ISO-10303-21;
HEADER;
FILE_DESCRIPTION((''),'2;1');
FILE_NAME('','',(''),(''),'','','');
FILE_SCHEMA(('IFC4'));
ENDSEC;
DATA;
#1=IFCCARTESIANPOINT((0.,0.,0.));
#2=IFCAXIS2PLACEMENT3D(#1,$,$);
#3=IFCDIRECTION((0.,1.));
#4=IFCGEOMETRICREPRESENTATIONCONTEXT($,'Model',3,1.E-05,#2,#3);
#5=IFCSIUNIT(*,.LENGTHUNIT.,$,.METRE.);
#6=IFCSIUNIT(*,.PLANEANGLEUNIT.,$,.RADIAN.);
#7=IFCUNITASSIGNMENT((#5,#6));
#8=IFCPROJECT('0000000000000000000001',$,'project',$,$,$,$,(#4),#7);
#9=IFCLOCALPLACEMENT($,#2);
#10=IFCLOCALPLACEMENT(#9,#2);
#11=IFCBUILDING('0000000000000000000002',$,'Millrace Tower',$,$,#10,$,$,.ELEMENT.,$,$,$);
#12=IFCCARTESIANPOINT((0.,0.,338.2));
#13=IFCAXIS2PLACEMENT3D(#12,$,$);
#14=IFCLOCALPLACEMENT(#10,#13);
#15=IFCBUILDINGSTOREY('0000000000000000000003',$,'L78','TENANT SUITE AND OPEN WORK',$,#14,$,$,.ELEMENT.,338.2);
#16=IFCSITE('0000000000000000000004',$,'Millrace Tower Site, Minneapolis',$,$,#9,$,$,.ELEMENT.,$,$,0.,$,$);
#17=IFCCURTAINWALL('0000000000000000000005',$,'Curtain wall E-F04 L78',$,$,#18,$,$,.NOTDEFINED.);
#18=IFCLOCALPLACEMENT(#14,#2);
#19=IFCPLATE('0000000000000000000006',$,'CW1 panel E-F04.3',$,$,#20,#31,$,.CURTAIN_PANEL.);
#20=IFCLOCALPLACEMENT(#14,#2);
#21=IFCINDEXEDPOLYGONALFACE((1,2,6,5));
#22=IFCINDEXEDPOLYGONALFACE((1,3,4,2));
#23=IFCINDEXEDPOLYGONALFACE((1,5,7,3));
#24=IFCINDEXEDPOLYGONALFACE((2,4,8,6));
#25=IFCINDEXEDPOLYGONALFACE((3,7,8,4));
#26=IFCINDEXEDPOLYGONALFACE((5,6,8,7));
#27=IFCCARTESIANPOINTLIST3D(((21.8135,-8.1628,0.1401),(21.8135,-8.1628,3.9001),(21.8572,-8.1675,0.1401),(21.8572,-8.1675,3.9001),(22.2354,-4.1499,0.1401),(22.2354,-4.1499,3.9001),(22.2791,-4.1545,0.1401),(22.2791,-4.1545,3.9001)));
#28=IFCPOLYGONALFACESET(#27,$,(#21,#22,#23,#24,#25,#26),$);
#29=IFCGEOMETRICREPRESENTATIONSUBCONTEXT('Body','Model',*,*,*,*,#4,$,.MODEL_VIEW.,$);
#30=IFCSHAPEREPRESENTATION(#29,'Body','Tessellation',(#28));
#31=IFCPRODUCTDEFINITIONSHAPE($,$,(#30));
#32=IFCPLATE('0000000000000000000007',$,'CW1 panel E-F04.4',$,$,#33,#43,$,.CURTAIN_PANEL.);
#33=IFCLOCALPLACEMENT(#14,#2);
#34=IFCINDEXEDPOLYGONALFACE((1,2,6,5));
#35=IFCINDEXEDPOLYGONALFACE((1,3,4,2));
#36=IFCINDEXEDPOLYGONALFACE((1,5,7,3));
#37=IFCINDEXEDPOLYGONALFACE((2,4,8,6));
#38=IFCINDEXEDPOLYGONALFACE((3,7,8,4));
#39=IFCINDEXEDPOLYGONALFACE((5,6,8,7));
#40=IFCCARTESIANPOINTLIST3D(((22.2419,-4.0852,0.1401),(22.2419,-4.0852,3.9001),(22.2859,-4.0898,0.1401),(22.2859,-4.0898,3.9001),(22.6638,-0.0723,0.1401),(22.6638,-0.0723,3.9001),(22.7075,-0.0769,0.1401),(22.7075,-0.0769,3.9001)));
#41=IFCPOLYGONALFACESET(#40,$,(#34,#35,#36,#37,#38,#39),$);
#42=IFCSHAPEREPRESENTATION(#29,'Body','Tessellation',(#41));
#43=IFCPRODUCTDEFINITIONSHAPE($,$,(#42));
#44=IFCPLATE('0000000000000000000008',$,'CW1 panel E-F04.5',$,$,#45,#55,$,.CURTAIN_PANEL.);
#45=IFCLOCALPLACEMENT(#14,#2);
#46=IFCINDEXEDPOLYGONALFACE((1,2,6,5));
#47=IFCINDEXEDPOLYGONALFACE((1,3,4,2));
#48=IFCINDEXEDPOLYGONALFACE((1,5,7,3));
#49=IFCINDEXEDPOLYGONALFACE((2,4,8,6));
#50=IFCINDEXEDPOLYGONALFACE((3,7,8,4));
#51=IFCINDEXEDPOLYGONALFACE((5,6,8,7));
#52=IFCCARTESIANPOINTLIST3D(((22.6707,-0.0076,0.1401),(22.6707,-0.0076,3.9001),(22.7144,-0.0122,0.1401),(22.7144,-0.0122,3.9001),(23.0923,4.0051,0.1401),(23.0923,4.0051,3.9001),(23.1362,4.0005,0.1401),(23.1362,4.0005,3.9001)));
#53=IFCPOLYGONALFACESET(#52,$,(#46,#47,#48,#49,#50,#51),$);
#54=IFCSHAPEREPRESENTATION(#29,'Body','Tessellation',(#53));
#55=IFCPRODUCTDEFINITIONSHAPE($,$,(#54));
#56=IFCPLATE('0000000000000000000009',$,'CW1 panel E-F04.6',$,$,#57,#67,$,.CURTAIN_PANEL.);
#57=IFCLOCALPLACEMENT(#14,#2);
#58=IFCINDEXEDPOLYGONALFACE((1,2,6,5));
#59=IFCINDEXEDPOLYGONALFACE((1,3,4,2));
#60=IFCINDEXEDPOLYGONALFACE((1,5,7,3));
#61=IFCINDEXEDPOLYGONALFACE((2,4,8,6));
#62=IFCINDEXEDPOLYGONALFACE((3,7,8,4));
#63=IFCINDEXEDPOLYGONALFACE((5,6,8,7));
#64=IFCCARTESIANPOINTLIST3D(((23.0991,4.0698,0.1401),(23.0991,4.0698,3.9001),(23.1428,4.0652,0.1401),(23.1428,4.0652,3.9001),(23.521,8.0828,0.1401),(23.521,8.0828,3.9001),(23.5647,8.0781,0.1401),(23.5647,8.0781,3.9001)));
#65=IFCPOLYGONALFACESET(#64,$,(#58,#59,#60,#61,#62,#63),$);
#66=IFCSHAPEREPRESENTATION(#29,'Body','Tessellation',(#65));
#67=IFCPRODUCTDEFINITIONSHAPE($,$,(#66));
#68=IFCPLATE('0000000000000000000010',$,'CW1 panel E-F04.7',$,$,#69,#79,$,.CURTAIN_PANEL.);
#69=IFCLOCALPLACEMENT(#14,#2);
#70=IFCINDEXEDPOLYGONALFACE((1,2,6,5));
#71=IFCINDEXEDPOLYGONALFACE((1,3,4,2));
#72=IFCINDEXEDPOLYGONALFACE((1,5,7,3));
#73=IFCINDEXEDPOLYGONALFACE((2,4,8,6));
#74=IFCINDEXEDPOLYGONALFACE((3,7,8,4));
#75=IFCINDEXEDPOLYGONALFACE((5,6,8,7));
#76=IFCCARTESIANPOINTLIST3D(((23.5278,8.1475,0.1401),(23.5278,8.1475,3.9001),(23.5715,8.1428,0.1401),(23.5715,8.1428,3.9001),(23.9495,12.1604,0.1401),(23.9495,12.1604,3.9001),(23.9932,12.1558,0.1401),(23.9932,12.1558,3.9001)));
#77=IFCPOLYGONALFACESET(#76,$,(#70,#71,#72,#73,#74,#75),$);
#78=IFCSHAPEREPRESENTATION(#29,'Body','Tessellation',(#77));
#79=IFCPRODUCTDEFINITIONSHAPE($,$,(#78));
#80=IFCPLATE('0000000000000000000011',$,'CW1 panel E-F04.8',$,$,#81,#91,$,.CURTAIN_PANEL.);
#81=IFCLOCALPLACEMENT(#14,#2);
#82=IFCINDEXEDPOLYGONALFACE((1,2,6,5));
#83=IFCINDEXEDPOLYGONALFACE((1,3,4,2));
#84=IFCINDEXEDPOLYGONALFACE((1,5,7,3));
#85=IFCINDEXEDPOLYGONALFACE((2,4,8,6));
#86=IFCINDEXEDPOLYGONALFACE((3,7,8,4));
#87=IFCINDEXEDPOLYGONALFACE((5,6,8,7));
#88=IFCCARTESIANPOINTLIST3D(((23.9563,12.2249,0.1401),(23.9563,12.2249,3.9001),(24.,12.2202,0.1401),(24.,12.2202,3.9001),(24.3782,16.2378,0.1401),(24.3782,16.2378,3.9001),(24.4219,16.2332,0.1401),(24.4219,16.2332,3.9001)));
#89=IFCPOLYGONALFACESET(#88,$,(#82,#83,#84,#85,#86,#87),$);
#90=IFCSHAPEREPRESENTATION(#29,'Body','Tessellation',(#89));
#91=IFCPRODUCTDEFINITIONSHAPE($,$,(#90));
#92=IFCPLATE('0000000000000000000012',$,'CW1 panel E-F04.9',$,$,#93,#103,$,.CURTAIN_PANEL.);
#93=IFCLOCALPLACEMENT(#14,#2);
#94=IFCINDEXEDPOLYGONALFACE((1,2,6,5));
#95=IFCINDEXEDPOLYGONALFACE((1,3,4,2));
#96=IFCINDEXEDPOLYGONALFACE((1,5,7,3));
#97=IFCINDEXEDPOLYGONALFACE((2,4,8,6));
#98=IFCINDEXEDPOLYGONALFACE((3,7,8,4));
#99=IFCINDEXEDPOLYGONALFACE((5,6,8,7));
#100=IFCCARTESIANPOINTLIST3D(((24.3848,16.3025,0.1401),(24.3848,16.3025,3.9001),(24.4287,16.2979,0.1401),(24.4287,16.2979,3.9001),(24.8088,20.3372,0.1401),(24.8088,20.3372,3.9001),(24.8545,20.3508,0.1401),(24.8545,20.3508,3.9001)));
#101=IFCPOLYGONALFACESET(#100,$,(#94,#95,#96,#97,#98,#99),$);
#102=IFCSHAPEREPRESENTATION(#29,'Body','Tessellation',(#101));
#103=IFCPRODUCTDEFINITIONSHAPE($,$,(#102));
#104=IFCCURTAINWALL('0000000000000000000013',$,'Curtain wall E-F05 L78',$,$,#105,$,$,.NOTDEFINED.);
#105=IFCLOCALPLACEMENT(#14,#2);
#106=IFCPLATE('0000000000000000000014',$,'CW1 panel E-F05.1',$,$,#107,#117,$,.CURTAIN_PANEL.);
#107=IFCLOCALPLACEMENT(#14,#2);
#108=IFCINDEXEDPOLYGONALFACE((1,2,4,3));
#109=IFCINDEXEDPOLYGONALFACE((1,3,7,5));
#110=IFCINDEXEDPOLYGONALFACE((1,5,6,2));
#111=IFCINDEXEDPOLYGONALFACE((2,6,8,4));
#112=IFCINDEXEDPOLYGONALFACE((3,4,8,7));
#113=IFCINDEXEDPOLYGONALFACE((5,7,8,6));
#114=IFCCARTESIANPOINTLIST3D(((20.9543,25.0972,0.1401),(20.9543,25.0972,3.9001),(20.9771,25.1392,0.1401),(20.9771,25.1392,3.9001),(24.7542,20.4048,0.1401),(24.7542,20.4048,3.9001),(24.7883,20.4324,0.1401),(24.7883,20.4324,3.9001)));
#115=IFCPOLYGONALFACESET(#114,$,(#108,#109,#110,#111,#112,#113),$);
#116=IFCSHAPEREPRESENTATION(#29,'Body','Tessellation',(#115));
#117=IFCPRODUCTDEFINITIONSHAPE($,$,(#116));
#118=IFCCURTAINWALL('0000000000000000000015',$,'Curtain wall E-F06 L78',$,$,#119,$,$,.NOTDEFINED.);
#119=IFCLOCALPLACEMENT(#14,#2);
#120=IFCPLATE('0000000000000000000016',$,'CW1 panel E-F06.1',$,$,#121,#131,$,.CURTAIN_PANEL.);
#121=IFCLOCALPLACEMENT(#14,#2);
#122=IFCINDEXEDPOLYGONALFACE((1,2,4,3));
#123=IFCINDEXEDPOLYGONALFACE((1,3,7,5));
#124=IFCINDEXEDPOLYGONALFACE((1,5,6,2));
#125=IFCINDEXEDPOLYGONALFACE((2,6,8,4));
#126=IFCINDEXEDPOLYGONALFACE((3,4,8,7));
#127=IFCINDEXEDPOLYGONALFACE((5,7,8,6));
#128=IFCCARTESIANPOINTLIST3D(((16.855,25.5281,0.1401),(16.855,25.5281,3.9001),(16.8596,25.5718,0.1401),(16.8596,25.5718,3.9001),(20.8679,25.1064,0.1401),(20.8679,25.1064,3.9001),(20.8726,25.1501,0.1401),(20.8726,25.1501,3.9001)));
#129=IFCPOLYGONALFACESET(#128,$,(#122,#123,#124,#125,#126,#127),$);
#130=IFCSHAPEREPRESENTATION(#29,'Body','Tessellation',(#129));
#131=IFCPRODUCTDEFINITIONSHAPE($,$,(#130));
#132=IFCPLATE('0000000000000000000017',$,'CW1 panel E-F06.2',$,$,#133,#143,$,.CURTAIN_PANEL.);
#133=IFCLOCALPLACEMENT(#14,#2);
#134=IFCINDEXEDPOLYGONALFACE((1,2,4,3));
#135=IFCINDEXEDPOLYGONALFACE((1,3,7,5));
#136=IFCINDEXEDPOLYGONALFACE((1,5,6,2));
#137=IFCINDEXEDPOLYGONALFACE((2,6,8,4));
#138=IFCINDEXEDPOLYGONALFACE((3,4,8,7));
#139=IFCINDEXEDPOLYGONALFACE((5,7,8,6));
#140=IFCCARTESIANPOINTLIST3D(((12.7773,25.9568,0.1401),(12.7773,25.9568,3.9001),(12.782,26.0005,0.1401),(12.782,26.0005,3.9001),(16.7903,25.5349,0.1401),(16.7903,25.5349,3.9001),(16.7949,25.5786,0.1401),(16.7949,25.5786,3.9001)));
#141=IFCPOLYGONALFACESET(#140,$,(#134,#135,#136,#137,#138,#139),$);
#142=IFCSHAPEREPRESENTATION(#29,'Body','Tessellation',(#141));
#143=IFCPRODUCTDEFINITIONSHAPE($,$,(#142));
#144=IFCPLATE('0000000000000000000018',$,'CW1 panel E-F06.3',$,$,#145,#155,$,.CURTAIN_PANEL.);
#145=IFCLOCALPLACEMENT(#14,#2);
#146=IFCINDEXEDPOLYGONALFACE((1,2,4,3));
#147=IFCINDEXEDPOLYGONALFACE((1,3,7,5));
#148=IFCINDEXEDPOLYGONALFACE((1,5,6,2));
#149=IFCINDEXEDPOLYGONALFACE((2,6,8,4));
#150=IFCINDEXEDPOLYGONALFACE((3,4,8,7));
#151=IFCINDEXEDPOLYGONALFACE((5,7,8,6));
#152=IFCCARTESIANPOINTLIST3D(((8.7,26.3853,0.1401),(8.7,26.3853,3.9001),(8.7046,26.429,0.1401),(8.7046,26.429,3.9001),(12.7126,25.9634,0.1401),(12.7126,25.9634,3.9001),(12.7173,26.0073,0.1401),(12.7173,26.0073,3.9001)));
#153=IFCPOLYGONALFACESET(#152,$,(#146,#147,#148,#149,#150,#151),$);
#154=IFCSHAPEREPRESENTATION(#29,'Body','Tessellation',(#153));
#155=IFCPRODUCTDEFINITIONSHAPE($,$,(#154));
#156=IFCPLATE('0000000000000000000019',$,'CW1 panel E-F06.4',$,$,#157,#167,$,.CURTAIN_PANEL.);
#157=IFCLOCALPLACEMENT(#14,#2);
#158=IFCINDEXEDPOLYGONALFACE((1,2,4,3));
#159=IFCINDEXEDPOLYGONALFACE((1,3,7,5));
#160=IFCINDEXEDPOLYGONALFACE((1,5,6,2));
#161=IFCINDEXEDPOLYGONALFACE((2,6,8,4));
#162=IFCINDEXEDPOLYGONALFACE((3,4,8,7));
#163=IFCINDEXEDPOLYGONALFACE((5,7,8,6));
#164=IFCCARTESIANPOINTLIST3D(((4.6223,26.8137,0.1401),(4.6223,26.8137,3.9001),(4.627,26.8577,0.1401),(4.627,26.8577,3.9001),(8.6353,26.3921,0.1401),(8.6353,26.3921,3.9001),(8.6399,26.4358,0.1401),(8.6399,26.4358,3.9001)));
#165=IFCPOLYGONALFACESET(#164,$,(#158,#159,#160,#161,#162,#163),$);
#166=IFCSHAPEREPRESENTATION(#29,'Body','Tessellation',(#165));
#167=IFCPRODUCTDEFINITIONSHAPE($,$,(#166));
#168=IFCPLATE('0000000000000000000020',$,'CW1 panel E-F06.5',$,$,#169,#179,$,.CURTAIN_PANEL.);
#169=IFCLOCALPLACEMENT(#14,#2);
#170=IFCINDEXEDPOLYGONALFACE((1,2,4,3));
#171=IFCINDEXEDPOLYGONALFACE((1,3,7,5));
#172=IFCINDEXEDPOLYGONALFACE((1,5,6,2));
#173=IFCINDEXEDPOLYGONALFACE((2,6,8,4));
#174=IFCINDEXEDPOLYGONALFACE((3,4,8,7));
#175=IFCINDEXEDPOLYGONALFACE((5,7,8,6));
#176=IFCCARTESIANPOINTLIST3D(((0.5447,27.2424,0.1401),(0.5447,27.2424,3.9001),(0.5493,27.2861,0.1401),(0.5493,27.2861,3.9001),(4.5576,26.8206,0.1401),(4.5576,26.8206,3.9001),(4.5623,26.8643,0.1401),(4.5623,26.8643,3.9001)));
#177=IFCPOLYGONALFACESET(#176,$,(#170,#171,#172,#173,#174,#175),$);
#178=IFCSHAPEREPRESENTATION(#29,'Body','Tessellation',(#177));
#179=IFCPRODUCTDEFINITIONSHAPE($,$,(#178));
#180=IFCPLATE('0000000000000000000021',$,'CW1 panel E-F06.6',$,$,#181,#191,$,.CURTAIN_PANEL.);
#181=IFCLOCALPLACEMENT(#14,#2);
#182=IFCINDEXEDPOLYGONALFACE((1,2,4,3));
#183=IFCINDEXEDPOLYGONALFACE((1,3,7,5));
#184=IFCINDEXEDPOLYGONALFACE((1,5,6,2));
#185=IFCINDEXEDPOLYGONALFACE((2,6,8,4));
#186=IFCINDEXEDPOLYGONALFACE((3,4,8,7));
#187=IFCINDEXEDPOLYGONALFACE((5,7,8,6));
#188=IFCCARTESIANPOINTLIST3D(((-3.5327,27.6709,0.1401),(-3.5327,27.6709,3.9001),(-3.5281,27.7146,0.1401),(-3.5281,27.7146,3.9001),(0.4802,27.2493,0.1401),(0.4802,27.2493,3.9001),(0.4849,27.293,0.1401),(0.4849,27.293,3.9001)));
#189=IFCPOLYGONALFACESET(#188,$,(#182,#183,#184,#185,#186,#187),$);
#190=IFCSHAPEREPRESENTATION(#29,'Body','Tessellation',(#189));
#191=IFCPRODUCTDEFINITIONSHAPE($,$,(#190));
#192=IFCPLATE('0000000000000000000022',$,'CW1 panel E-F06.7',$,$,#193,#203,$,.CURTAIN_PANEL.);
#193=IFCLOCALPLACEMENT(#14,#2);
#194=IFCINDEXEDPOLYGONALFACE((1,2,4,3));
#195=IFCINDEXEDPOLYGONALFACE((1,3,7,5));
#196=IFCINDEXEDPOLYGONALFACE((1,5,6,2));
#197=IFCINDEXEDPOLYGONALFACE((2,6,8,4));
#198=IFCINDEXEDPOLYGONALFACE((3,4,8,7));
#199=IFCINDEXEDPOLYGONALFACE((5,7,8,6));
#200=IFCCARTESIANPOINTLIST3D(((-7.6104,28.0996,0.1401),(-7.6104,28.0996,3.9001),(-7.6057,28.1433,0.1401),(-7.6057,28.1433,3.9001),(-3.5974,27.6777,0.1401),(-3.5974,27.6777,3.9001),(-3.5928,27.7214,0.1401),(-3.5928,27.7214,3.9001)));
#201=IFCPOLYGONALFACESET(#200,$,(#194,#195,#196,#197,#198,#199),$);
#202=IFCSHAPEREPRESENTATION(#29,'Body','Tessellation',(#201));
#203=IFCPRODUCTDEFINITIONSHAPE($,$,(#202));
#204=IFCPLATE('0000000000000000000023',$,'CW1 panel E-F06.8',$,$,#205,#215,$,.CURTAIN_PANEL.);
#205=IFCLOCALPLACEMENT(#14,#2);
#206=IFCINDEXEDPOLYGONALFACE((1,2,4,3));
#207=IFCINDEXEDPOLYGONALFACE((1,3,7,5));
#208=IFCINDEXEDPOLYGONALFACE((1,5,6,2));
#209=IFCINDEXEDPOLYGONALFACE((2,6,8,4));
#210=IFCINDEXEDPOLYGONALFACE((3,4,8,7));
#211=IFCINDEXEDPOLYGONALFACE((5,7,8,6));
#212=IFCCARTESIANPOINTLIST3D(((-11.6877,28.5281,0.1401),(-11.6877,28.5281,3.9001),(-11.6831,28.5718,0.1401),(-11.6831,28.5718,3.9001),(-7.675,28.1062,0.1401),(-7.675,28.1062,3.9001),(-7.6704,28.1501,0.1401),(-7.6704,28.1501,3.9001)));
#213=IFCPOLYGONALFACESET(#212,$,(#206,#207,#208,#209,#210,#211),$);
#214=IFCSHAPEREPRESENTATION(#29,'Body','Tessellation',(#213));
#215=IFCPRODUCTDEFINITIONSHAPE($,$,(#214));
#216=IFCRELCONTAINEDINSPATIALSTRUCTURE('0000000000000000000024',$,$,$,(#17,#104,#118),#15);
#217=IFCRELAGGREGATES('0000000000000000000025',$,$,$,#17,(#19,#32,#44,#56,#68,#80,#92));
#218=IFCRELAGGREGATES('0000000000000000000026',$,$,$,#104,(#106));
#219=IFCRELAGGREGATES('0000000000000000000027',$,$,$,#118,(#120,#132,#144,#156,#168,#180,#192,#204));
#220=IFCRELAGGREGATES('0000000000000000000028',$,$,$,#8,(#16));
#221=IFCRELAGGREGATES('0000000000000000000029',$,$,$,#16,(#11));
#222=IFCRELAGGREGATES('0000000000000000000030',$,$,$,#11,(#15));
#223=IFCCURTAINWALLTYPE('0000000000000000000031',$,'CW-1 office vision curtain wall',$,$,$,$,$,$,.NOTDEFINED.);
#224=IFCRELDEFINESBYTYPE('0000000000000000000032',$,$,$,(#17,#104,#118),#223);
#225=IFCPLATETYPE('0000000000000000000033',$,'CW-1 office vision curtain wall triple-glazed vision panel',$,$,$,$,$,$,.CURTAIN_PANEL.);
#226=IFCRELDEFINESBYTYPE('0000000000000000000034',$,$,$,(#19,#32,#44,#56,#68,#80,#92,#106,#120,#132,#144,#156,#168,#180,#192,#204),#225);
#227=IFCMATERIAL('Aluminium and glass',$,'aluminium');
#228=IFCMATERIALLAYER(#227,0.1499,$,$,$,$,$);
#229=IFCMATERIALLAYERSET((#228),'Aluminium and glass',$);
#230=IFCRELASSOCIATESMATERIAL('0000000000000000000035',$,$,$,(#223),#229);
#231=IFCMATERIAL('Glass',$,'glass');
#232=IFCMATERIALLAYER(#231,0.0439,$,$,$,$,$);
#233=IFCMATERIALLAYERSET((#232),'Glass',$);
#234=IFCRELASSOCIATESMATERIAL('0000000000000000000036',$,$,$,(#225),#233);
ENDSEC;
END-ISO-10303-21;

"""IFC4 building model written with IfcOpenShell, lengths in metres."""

from ifc_helpers import new_model, si_unit, direction, frame, origin, place, context, subcontext, project, spatial, polyline, outline, extrude, material, layer, layer_set, type_object, element, aggregate, save


model = new_model("IFC4")

# Units and contexts
model_context = context("Model", 3, precision=1e-05, world=origin(), true_north=direction((0.0, 1.0)))
body_context = subcontext(model_context, "Body", "Model", "MODEL_VIEW")
ifc_project = project(units=[si_unit("LENGTHUNIT", "METRE"), si_unit("PLANEANGLEUNIT", "RADIAN")], contexts=[model_context])

# Site, building, storey
site_placement = place(None, origin())
site = spatial("IfcSite", under=ifc_project, at=site_placement, Name="Millrace Tower Site, Minneapolis", CompositionType="ELEMENT", RefElevation=0.0)
building_placement = place(site_placement, origin())
building = spatial("IfcBuilding", under=site, at=building_placement, Name="Millrace Tower", CompositionType="ELEMENT")
storey_placement = place(building_placement, frame((0.0, 0.0, 338.2)))
storey = spatial("IfcBuildingStorey", under=building, at=storey_placement, Name="L78", Description="TENANT SUITE AND OPEN WORK", CompositionType="ELEMENT", Elevation=338.2)

# Curtain wall, plates
ifc_material_1 = material(Name="Aluminium and glass", Category="aluminium")
ifc_layer_1 = layer(ifc_material_1, 0.1499)
ifc_layer_set_1 = layer_set([ifc_layer_1], Name="Aluminium and glass")
curtain_wall_type = type_object("IfcCurtainWallType", Name="CW-1 office vision curtain wall", PredefinedType="NOTDEFINED", material=ifc_layer_set_1)
placement_1 = place(storey_placement, origin())
curtain_wall_1 = element("IfcCurtainWall", 1, at=placement_1, inside=storey, type_object=curtain_wall_type, Name="Curtain wall E-F04 L78", PredefinedType="NOTDEFINED")
ifc_material_2 = material(Name="Glass", Category="glass")
ifc_layer_2 = layer(ifc_material_2, 0.0439)
ifc_layer_set_2 = layer_set([ifc_layer_2], Name="Glass")
plate_type = type_object("IfcPlateType", Name="CW-1 office vision curtain wall triple-glazed vision panel", PredefinedType="CURTAIN_PANEL", material=ifc_layer_set_2)
placement_2 = place(storey_placement, frame((0.0, 0.0, 0.1401)))
plate_1 = element("IfcPlate", 2, at=placement_2, type_object=plate_type, Name="CW1 panel E-F04.3", PredefinedType="CURTAIN_PANEL", context=body_context, shape_type="SweptSolid", body=[
    extrude(outline(polyline([(21.8572, -8.1675), (22.2791, -4.1545), (22.2354, -4.1499), (21.8135, -8.1628), (21.8572, -8.1675)])), origin(), (0.0, 0.0, 1.0), 3.76),
])
plate_2 = element("IfcPlate", 3, at=placement_2, type_object=plate_type, Name="CW1 panel E-F04.4", PredefinedType="CURTAIN_PANEL", context=body_context, shape_type="SweptSolid", body=[
    extrude(outline(polyline([(22.2859, -4.0898), (22.7075, -0.0769), (22.6638, -0.0723), (22.2419, -4.0852), (22.2859, -4.0898)])), origin(), (0.0, 0.0, 1.0), 3.76),
])
plate_3 = element("IfcPlate", 4, at=placement_2, type_object=plate_type, Name="CW1 panel E-F04.5", PredefinedType="CURTAIN_PANEL", context=body_context, shape_type="SweptSolid", body=[
    extrude(outline(polyline([(22.7144, -0.0122), (23.1362, 4.0005), (23.0923, 4.0051), (22.6707, -0.0076), (22.7144, -0.0122)])), origin(), (0.0, 0.0, 1.0), 3.76),
])
plate_4 = element("IfcPlate", 5, at=placement_2, type_object=plate_type, Name="CW1 panel E-F04.6", PredefinedType="CURTAIN_PANEL", context=body_context, shape_type="SweptSolid", body=[
    extrude(outline(polyline([(23.1428, 4.0652), (23.5647, 8.0781), (23.521, 8.0828), (23.0991, 4.0698), (23.1428, 4.0652)])), origin(), (0.0, 0.0, 1.0), 3.76),
])
plate_5 = element("IfcPlate", 6, at=placement_2, type_object=plate_type, Name="CW1 panel E-F04.7", PredefinedType="CURTAIN_PANEL", context=body_context, shape_type="SweptSolid", body=[
    extrude(outline(polyline([(23.5715, 8.1428), (23.9932, 12.1558), (23.9495, 12.1604), (23.5278, 8.1475), (23.5715, 8.1428)])), origin(), (0.0, 0.0, 1.0), 3.76),
])
plate_6 = element("IfcPlate", 7, at=placement_2, type_object=plate_type, Name="CW1 panel E-F04.8", PredefinedType="CURTAIN_PANEL", context=body_context, shape_type="SweptSolid", body=[
    extrude(outline(polyline([(24.0, 12.2202), (24.4219, 16.2332), (24.3782, 16.2378), (23.9563, 12.2249), (24.0, 12.2202)])), origin(), (0.0, 0.0, 1.0), 3.76),
])
plate_7 = element("IfcPlate", 8, at=placement_2, type_object=plate_type, Name="CW1 panel E-F04.9", PredefinedType="CURTAIN_PANEL", context=body_context, shape_type="SweptSolid", body=[
    extrude(outline(polyline([(24.4287, 16.2979), (24.8545, 20.3508), (24.8088, 20.3372), (24.3848, 16.3025), (24.4287, 16.2979)])), origin(), (0.0, 0.0, 1.0), 3.76),
])
aggregate(curtain_wall_1, [plate_1, plate_2, plate_3, plate_4, plate_5, plate_6, plate_7])

# Curtain wall, plate
curtain_wall_2 = element("IfcCurtainWall", 9, at=placement_1, inside=storey, type_object=curtain_wall_type, Name="Curtain wall E-F05 L78", PredefinedType="NOTDEFINED")
plate_8 = element("IfcPlate", 10, at=placement_2, type_object=plate_type, Name="CW1 panel E-F05.1", PredefinedType="CURTAIN_PANEL", context=body_context, shape_type="SweptSolid", body=[
    extrude(outline(polyline([(24.7883, 20.4324), (20.9771, 25.1392), (20.9543, 25.0972), (24.7542, 20.4048), (24.7883, 20.4324)])), origin(), (0.0, 0.0, 1.0), 3.76),
])
aggregate(curtain_wall_2, [plate_8])

# Curtain wall, plates
curtain_wall_3 = element("IfcCurtainWall", 11, at=placement_1, inside=storey, type_object=curtain_wall_type, Name="Curtain wall E-F06 L78", PredefinedType="NOTDEFINED")
plate_9 = element("IfcPlate", 12, at=placement_2, type_object=plate_type, Name="CW1 panel E-F06.1", PredefinedType="CURTAIN_PANEL", context=body_context, shape_type="SweptSolid", body=[
    extrude(outline(polyline([(20.8726, 25.1501), (16.8596, 25.5718), (16.855, 25.5281), (20.8679, 25.1064), (20.8726, 25.1501)])), origin(), (0.0, 0.0, 1.0), 3.76),
])
plate_10 = element("IfcPlate", 13, at=placement_2, type_object=plate_type, Name="CW1 panel E-F06.2", PredefinedType="CURTAIN_PANEL", context=body_context, shape_type="SweptSolid", body=[
    extrude(outline(polyline([(16.7949, 25.5786), (12.782, 26.0005), (12.7773, 25.9568), (16.7903, 25.5349), (16.7949, 25.5786)])), origin(), (0.0, 0.0, 1.0), 3.76),
])
plate_11 = element("IfcPlate", 14, at=placement_2, type_object=plate_type, Name="CW1 panel E-F06.3", PredefinedType="CURTAIN_PANEL", context=body_context, shape_type="SweptSolid", body=[
    extrude(outline(polyline([(12.7173, 26.0073), (8.7046, 26.429), (8.7, 26.3853), (12.7126, 25.9634), (12.7173, 26.0073)])), origin(), (0.0, 0.0, 1.0), 3.76),
])
plate_12 = element("IfcPlate", 15, at=placement_2, type_object=plate_type, Name="CW1 panel E-F06.4", PredefinedType="CURTAIN_PANEL", context=body_context, shape_type="SweptSolid", body=[
    extrude(outline(polyline([(8.6399, 26.4358), (4.627, 26.8577), (4.6223, 26.8137), (8.6353, 26.3921), (8.6399, 26.4358)])), origin(), (0.0, 0.0, 1.0), 3.76),
])
plate_13 = element("IfcPlate", 16, at=placement_2, type_object=plate_type, Name="CW1 panel E-F06.5", PredefinedType="CURTAIN_PANEL", context=body_context, shape_type="SweptSolid", body=[
    extrude(outline(polyline([(4.5623, 26.8643), (0.5493, 27.2861), (0.5447, 27.2424), (4.5576, 26.8206), (4.5623, 26.8643)])), origin(), (0.0, 0.0, 1.0), 3.76),
])
plate_14 = element("IfcPlate", 17, at=placement_2, type_object=plate_type, Name="CW1 panel E-F06.6", PredefinedType="CURTAIN_PANEL", context=body_context, shape_type="SweptSolid", body=[
    extrude(outline(polyline([(0.4849, 27.293), (-3.5281, 27.7146), (-3.5327, 27.6709), (0.4802, 27.2493), (0.4849, 27.293)])), origin(), (0.0, 0.0, 1.0), 3.76),
])
plate_15 = element("IfcPlate", 18, at=placement_2, type_object=plate_type, Name="CW1 panel E-F06.7", PredefinedType="CURTAIN_PANEL", context=body_context, shape_type="SweptSolid", body=[
    extrude(outline(polyline([(-3.5928, 27.7214), (-7.6057, 28.1433), (-7.6104, 28.0996), (-3.5974, 27.6777), (-3.5928, 27.7214)])), origin(), (0.0, 0.0, 1.0), 3.76),
])
plate_16 = element("IfcPlate", 19, at=placement_2, type_object=plate_type, Name="CW1 panel E-F06.8", PredefinedType="CURTAIN_PANEL", context=body_context, shape_type="SweptSolid", body=[
    extrude(outline(polyline([(-7.6704, 28.1501), (-11.6831, 28.5718), (-11.6877, 28.5281), (-7.675, 28.1062), (-7.6704, 28.1501)])), origin(), (0.0, 0.0, 1.0), 3.76),
])
aggregate(curtain_wall_3, [plate_9, plate_10, plate_11, plate_12, plate_13, plate_14, plate_15, plate_16])

save(model, "model.ifc")
